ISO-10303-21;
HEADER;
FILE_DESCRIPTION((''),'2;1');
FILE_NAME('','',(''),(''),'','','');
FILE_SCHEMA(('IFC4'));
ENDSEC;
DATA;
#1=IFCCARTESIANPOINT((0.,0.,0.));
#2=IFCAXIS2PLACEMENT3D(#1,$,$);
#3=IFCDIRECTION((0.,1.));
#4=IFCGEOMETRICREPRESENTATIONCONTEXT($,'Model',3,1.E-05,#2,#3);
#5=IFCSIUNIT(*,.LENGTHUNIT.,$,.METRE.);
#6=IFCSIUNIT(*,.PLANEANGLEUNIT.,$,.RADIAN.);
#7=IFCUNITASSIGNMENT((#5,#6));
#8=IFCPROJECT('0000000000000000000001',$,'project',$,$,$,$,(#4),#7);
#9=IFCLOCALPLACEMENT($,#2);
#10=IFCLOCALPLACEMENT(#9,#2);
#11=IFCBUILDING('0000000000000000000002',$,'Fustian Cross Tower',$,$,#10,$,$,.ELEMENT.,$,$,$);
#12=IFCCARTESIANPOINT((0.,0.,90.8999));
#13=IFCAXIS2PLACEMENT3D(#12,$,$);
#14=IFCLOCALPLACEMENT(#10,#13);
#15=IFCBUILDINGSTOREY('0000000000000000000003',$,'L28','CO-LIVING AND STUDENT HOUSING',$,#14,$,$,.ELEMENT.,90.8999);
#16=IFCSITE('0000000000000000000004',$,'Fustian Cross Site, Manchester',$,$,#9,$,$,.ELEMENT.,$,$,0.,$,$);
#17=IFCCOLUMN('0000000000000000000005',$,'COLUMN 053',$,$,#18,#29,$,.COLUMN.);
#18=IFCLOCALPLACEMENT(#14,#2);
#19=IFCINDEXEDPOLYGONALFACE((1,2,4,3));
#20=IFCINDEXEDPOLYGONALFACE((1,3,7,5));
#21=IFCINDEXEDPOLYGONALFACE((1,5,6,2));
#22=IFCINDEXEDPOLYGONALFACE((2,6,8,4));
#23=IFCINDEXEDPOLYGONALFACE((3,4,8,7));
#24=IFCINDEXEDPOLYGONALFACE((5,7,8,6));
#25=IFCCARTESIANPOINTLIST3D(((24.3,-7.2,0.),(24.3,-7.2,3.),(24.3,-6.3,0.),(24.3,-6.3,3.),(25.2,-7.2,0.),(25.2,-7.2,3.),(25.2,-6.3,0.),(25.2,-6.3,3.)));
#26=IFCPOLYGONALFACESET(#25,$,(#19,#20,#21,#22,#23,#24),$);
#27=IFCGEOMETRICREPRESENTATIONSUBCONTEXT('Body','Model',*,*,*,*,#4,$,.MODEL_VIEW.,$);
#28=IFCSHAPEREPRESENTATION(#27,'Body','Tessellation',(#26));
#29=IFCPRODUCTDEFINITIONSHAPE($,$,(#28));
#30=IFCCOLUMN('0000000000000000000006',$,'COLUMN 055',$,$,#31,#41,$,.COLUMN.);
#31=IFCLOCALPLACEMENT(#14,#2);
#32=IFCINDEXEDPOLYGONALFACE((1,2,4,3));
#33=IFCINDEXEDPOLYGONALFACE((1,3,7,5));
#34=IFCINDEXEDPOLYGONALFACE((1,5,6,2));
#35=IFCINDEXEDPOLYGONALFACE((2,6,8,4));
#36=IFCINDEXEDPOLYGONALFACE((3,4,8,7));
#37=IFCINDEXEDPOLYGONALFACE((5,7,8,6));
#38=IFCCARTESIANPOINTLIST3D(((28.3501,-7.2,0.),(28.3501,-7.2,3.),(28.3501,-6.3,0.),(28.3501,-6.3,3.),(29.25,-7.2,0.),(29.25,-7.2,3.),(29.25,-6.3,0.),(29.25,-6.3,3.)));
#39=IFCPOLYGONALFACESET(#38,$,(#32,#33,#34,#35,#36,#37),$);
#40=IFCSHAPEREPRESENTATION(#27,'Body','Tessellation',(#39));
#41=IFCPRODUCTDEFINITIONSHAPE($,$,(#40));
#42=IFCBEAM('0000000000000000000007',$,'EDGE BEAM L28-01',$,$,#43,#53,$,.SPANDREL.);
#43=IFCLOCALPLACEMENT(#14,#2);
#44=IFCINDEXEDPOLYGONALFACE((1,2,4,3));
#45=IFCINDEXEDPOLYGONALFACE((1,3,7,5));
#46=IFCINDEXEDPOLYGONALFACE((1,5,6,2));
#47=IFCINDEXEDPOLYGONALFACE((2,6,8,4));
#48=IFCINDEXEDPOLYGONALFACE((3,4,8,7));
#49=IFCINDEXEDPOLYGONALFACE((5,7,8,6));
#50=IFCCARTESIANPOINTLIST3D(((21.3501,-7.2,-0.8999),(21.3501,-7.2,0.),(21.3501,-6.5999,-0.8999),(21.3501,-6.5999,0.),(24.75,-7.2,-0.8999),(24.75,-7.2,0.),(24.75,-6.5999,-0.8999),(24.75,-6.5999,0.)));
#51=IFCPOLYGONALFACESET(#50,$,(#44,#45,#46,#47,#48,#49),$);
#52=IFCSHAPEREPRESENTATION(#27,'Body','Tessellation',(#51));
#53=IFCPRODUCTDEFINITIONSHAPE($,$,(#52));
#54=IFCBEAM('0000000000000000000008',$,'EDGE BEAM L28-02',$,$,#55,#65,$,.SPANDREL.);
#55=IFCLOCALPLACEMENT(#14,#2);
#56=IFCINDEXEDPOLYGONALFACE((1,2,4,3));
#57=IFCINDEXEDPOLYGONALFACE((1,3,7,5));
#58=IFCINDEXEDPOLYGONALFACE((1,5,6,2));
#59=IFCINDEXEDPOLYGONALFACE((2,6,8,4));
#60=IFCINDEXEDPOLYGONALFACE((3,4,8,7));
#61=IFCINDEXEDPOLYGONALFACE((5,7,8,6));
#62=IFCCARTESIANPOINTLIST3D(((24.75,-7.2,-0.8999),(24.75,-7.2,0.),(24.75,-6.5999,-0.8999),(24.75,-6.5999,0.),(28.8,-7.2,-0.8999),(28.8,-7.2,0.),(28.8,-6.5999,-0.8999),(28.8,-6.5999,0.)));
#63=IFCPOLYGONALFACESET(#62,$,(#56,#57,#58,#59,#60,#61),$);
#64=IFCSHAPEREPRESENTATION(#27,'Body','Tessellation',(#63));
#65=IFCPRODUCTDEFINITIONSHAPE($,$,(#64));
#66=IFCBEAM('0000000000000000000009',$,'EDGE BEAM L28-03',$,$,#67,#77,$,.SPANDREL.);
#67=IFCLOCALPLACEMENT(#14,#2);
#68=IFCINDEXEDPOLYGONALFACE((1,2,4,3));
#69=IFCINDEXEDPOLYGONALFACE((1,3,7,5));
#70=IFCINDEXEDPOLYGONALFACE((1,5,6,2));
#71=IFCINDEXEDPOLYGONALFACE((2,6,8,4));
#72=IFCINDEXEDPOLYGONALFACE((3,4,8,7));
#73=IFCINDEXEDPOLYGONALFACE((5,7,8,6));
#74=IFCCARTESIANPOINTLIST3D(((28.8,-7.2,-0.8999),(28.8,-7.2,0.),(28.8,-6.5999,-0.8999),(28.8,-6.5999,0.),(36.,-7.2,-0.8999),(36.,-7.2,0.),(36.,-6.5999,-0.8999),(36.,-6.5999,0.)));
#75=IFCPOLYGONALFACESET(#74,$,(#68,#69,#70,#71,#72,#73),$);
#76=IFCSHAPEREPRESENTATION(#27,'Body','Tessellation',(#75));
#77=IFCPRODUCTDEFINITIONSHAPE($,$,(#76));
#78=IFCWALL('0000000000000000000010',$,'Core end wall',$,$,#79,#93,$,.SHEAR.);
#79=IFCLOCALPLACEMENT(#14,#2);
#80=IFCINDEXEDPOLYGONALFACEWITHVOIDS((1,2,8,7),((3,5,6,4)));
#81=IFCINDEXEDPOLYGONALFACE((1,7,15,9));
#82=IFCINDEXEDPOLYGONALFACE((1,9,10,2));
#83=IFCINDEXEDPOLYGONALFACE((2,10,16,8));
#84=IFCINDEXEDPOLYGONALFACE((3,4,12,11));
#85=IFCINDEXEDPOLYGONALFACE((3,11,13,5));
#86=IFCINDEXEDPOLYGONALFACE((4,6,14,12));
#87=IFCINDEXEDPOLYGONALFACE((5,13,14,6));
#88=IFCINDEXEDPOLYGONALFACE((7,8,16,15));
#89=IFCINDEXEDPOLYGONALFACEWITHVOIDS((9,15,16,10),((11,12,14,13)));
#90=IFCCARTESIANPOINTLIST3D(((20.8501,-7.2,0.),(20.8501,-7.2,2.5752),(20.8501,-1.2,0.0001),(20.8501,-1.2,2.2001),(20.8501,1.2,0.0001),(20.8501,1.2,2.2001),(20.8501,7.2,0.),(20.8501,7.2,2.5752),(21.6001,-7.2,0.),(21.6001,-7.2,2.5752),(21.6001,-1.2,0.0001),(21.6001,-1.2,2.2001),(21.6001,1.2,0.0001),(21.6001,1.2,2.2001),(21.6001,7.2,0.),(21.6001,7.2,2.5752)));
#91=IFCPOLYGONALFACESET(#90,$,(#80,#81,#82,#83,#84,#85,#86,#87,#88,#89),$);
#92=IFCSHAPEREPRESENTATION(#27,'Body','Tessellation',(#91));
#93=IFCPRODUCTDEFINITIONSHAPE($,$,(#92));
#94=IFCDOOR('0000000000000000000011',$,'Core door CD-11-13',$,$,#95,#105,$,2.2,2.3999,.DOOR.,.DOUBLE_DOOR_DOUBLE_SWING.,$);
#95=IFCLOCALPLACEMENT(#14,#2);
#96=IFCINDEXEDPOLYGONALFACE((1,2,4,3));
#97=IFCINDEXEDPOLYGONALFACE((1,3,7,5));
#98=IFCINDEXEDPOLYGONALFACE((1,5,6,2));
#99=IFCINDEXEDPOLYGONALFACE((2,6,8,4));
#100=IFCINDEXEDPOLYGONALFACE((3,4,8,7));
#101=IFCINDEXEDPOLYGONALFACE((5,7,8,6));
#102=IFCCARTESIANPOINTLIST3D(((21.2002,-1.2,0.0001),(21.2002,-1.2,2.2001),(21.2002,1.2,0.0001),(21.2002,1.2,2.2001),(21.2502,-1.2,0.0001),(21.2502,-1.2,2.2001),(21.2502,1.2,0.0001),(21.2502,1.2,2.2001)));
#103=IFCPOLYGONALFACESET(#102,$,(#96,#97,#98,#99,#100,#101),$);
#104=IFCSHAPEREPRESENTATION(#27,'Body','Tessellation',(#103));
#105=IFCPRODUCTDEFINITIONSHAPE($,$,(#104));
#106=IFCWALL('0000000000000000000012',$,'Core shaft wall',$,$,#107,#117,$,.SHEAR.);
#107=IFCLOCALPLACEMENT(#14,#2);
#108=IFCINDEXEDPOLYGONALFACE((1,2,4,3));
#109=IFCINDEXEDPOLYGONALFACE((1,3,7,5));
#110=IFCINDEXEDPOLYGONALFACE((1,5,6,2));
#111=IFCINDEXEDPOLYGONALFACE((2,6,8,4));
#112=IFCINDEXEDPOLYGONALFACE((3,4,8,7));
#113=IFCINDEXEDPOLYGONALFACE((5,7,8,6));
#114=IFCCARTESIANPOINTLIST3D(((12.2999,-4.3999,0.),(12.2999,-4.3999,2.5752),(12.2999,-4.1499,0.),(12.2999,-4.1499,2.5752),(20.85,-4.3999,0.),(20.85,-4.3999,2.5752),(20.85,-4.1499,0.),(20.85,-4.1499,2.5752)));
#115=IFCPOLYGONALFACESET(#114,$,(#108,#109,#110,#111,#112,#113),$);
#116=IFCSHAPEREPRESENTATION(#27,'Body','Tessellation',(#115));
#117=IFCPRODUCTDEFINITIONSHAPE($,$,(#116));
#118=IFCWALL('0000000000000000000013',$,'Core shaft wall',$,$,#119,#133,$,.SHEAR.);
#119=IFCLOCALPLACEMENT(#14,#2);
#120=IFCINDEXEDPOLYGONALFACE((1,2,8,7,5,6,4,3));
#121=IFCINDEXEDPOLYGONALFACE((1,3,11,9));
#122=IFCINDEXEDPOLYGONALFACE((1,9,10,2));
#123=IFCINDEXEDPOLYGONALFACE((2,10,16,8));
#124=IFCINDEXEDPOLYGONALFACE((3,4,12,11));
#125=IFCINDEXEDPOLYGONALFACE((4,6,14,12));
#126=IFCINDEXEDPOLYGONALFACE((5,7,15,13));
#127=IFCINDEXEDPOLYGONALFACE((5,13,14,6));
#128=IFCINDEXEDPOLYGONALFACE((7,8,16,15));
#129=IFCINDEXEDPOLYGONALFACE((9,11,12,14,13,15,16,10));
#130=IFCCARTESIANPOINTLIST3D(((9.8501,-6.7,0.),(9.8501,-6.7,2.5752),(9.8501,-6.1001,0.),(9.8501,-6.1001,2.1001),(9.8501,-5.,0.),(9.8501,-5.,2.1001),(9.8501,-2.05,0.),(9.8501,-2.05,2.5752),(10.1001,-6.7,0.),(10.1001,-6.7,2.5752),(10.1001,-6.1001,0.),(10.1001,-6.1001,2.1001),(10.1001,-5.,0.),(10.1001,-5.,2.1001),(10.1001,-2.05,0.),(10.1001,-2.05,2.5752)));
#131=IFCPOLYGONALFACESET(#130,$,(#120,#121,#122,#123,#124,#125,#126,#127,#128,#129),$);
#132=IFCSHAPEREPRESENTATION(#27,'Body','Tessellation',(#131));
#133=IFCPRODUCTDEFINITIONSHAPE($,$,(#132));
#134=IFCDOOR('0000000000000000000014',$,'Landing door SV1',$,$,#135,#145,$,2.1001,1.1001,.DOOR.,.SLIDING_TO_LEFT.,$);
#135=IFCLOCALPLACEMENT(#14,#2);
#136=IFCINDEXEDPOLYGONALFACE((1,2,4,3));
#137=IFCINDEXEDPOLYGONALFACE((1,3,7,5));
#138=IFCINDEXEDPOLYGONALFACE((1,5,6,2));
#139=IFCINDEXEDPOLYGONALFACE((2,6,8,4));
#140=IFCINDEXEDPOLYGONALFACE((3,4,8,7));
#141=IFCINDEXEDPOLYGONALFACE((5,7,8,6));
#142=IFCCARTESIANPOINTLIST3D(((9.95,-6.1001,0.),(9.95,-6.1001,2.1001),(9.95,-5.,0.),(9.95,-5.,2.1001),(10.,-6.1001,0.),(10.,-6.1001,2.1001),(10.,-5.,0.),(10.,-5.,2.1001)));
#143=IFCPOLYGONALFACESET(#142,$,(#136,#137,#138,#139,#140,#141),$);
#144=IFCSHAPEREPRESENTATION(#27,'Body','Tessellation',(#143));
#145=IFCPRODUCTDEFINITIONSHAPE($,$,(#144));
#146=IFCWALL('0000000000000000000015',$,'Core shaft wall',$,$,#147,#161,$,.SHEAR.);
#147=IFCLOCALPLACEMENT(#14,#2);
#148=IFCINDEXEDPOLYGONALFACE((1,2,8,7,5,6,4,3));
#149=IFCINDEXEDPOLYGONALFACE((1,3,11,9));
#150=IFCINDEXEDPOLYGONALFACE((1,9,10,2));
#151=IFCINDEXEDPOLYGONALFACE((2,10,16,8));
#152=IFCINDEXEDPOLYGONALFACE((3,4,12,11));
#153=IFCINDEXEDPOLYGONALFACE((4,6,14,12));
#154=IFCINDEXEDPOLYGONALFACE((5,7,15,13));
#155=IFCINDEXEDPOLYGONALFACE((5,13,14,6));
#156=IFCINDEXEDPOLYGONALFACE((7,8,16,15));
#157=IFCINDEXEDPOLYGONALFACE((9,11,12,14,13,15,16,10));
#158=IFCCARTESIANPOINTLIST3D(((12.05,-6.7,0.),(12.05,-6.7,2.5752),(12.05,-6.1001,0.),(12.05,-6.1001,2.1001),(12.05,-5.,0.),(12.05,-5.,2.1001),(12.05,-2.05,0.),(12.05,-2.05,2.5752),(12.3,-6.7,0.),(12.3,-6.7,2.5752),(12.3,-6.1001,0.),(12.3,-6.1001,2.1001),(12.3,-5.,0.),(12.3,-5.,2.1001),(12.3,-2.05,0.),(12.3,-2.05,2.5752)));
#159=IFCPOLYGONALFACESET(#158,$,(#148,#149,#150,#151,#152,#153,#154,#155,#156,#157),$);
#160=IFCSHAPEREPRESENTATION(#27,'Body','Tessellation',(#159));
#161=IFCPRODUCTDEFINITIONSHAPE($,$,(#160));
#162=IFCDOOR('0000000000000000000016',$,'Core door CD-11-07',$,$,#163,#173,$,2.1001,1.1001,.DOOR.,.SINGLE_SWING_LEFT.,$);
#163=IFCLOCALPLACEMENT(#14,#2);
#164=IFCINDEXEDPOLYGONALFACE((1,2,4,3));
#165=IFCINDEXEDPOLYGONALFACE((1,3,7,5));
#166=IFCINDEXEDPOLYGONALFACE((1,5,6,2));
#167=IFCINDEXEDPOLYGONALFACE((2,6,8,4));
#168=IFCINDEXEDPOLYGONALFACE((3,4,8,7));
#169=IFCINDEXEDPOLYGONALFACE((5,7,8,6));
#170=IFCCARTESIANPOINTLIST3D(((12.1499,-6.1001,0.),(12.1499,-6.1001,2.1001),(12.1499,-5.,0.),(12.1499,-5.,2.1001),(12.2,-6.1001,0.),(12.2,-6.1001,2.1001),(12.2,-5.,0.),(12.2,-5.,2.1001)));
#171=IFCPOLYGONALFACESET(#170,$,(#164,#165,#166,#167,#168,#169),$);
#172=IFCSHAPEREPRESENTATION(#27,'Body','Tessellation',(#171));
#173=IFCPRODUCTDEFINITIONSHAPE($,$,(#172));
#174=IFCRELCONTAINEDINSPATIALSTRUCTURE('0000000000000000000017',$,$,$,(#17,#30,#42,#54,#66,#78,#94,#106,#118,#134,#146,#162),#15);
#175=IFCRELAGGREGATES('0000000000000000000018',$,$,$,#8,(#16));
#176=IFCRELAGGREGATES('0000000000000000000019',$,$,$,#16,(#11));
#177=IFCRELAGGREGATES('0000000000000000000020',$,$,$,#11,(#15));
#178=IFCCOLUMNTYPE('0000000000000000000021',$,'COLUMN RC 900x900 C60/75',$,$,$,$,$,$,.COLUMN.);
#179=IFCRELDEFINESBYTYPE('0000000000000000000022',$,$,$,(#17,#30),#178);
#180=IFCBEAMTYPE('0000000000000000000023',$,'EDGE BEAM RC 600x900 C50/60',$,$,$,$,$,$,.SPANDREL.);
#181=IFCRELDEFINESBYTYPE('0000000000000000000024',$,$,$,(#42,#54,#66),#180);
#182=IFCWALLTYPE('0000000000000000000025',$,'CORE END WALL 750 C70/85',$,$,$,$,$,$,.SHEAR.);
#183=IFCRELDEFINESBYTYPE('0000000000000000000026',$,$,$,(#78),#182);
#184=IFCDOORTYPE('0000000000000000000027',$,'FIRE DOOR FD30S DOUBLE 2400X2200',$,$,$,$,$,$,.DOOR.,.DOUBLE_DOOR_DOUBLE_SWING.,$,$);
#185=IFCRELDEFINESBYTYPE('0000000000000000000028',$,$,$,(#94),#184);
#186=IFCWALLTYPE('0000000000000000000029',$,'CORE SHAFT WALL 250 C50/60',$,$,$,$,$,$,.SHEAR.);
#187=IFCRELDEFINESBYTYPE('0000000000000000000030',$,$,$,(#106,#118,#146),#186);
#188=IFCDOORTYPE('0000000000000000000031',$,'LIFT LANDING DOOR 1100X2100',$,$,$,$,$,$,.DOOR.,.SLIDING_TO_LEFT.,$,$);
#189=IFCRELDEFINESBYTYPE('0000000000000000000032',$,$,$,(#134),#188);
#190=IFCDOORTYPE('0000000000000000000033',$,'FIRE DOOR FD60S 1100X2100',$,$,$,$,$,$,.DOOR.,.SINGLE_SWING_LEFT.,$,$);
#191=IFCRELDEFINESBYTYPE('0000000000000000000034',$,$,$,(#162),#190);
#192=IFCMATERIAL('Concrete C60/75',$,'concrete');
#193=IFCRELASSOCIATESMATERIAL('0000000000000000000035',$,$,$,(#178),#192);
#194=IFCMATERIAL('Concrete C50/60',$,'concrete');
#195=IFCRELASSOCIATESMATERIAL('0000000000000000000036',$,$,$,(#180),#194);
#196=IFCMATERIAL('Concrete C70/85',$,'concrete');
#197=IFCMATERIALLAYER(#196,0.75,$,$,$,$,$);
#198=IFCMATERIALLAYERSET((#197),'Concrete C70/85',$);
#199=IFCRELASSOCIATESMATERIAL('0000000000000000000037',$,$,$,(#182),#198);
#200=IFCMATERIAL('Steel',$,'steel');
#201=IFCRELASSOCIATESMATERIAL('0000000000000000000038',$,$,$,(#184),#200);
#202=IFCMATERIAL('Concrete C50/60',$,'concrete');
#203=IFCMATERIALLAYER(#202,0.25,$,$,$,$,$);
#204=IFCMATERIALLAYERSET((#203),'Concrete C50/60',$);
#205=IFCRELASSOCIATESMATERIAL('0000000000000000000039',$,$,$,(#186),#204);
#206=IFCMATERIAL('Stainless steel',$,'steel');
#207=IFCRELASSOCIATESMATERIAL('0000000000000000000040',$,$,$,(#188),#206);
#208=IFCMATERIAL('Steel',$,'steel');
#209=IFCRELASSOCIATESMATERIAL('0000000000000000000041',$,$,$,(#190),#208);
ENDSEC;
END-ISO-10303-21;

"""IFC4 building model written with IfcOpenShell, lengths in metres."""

from ifc_helpers import new_model, si_unit, direction, frame, frame_2d, origin, origin_2d, place, context, subcontext, project, spatial, rectangle, extrude, material, layer, layer_set, material_profile, profile_set, type_object, element, fill, save


model = new_model("IFC4")

# Units and contexts
model_context = context("Model", 3, precision=1e-05, world=origin(), true_north=direction((0.0, 1.0)))
body_context = subcontext(model_context, "Body", "Model", "MODEL_VIEW")
ifc_project = project(units=[si_unit("LENGTHUNIT", "METRE"), si_unit("PLANEANGLEUNIT", "RADIAN")], contexts=[model_context])

# Site, building, storey
site_placement = place(None, origin())
site = spatial("IfcSite", under=ifc_project, at=site_placement, Name="Fustian Cross Site, Manchester", CompositionType="ELEMENT", RefElevation=0.0)
building_placement = place(site_placement, origin())
building = spatial("IfcBuilding", under=site, at=building_placement, Name="Fustian Cross Tower", CompositionType="ELEMENT")
storey_placement = place(building_placement, frame((0.0, 0.0, 90.8999)))
storey = spatial("IfcBuildingStorey", under=building, at=storey_placement, Name="L28", Description="CO-LIVING AND STUDENT HOUSING", CompositionType="ELEMENT", Elevation=90.8999)

# Columns
ifc_material_1 = material(Name="Concrete C60/75", Category="concrete")
ifc_material_profile_1 = material_profile(ifc_material_1, rectangle(XDim=0.8999, YDim=0.8999, at=origin_2d()), Name="RC 900x900")
ifc_profile_set_1 = profile_set([ifc_material_profile_1], Name="Concrete C60/75")
column_type = type_object("IfcColumnType", Name="COLUMN RC 900x900 C60/75", PredefinedType="COLUMN", material=ifc_profile_set_1)
for number, where, z_axis, x_axis, name in (
    (1, (24.75, -6.75, 0.0), (0.0, 0.0, 1.0), (1.0, 0.0, 0.0), "COLUMN 053"),
    (2, (28.8, -6.75, 0.0), (0.0, 0.0, 1.0), (1.0, 0.0, 0.0), "COLUMN 055"),
):
    element("IfcColumn", number, at=place(storey_placement, frame(where, z_axis=z_axis, x_axis=x_axis)), inside=storey, type_object=column_type, Name=name, PredefinedType="COLUMN", context=body_context, shape_type="SweptSolid", body=[
        extrude(rectangle(XDim=0.8999, YDim=0.8999, at=origin_2d()), origin(), (0.0, 0.0, 1.0), 3.0),
    ])

# Beams
ifc_material_2 = material(Name="Concrete C50/60", Category="concrete")
ifc_material_profile_2 = material_profile(ifc_material_2, rectangle(XDim=0.6001, YDim=0.8999, at=origin_2d()), Name="RC 600x900")
ifc_profile_set_2 = profile_set([ifc_material_profile_2], Name="Concrete C50/60")
beam_type = type_object("IfcBeamType", Name="EDGE BEAM RC 600x900 C50/60", PredefinedType="SPANDREL", material=ifc_profile_set_2)
beam_1_placement = place(storey_placement, frame((21.3501, -6.8999, -0.45), z_axis=(1.0, 0.0, 0.0), x_axis=(0.0, 1.0, 0.0)))
element("IfcBeam", 3, at=beam_1_placement, inside=storey, type_object=beam_type, Name="EDGE BEAM L28-01", PredefinedType="SPANDREL", context=body_context, shape_type="SweptSolid", body=[
    extrude(rectangle(XDim=0.6001, YDim=0.8999, at=origin_2d()), origin(), (0.0, 0.0, 1.0), 3.3999),
])
beam_2_placement = place(storey_placement, frame((24.75, -6.8999, -0.45), z_axis=(1.0, 0.0, 0.0), x_axis=(0.0, 1.0, 0.0)))
element("IfcBeam", 4, at=beam_2_placement, inside=storey, type_object=beam_type, Name="EDGE BEAM L28-02", PredefinedType="SPANDREL", context=body_context, shape_type="SweptSolid", body=[
    extrude(rectangle(XDim=0.6001, YDim=0.8999, at=origin_2d()), origin(), (0.0, 0.0, 1.0), 4.05),
])
beam_3_placement = place(storey_placement, frame((28.8, -6.8999, -0.45), z_axis=(1.0, 0.0, 0.0), x_axis=(0.0, 1.0, 0.0)))
element("IfcBeam", 5, at=beam_3_placement, inside=storey, type_object=beam_type, Name="EDGE BEAM L28-03", PredefinedType="SPANDREL", context=body_context, shape_type="SweptSolid", body=[
    extrude(rectangle(XDim=0.6001, YDim=0.8999, at=origin_2d()), origin(), (0.0, 0.0, 1.0), 7.2),
])

# Wall, opening, door
ifc_material_3 = material(Name="Concrete C70/85", Category="concrete")
ifc_layer_1 = layer(ifc_material_3, 0.75)
ifc_layer_set_1 = layer_set([ifc_layer_1], Name="Concrete C70/85")
wall_type_1 = type_object("IfcWallType", Name="CORE END WALL 750 C70/85", PredefinedType="SHEAR", material=ifc_layer_set_1)
wall_1_placement = place(storey_placement, frame((21.2251, -7.2, 0.0), z_axis=(0.0, 0.0, 1.0), x_axis=(0.0, 1.0, 0.0)))
wall_1 = element("IfcWall", 6, at=wall_1_placement, inside=storey, type_object=wall_type_1, Name="Core end wall", PredefinedType="SHEAR", context=body_context, shape_type="SweptSolid", body=[
    extrude(rectangle(XDim=14.3999, YDim=0.75, at=frame_2d((7.2, 0.0))), origin(), (0.0, 0.0, 1.0), 2.5752),
])
opening_1_placement = place(wall_1_placement, frame((6.0, 0.0, 0.0)))
opening_1 = element("IfcOpeningElement", 7, at=opening_1_placement, cuts=wall_1, PredefinedType="OPENING", context=body_context, shape_type="SweptSolid", body=[
    extrude(rectangle(XDim=2.3999, YDim=2.2, at=frame_2d((1.2, 1.1001))), frame((0.0, 0.385, 0.0), z_axis=(0.0, -1.0, 0.0), x_axis=(1.0, 0.0, 0.0)), (0.0, 0.0, 1.0), 0.77),
])
ifc_material_4 = material(Name="Steel", Category="steel")
door_type_1 = type_object("IfcDoorType", Name="FIRE DOOR FD30S DOUBLE 2400X2200", OperationType="DOUBLE_DOOR_DOUBLE_SWING", PredefinedType="DOOR", material=ifc_material_4)
door_1_placement = place(opening_1_placement, origin())
door_1 = element("IfcDoor", 8, at=door_1_placement, inside=storey, type_object=door_type_1, Name="Core door CD-11-13", OperationType="DOUBLE_DOOR_DOUBLE_SWING", OverallHeight=2.2, OverallWidth=2.3999, PredefinedType="DOOR", context=body_context, shape_type="SweptSolid", body=[
    extrude(rectangle(XDim=2.3999, YDim=2.2, at=frame_2d((1.2, 1.1001))), frame((0.0, 0.0249, 0.0), z_axis=(0.0, -1.0, 0.0), x_axis=(1.0, 0.0, 0.0)), (0.0, 0.0, 1.0), 0.05),
])
fill(opening_1, door_1)

# Wall
ifc_material_5 = material(Name="Concrete C50/60", Category="concrete")
ifc_layer_2 = layer(ifc_material_5, 0.25)
ifc_layer_set_2 = layer_set([ifc_layer_2], Name="Concrete C50/60")
wall_type_2 = type_object("IfcWallType", Name="CORE SHAFT WALL 250 C50/60", PredefinedType="SHEAR", material=ifc_layer_set_2)
wall_2_placement = place(storey_placement, frame((12.3, -4.2749, 0.0), z_axis=(0.0, 0.0, 1.0), x_axis=(1.0, 0.0, 0.0)))
element("IfcWall", 9, at=wall_2_placement, inside=storey, type_object=wall_type_2, Name="Core shaft wall", PredefinedType="SHEAR", context=body_context, shape_type="SweptSolid", body=[
    extrude(rectangle(XDim=8.55, YDim=0.25, at=frame_2d((4.2749, 0.0))), origin(), (0.0, 0.0, 1.0), 2.5752),
])

# Walls, openings, doors
wall_3_placement = place(storey_placement, frame((9.9751, -2.05, 0.0), z_axis=(0.0, 0.0, 1.0), x_axis=(0.0, -1.0, 0.0)))
wall_3 = element("IfcWall", 10, at=wall_3_placement, inside=storey, type_object=wall_type_2, Name="Core shaft wall", PredefinedType="SHEAR", context=body_context, shape_type="SweptSolid", body=[
    extrude(rectangle(XDim=4.6499, YDim=0.25, at=frame_2d((2.325, 0.0))), origin(), (0.0, 0.0, 1.0), 2.5752),
])
opening_2_placement = place(wall_3_placement, frame((2.95, 0.0, 0.0)))
opening_2 = element("IfcOpeningElement", 11, at=opening_2_placement, cuts=wall_3, PredefinedType="OPENING", context=body_context, shape_type="SweptSolid", body=[
    extrude(rectangle(XDim=1.1001, YDim=2.1001, at=frame_2d((0.55, 1.05))), frame((0.0, 0.135, 0.0), z_axis=(0.0, -1.0, 0.0), x_axis=(1.0, 0.0, 0.0)), (0.0, 0.0, 1.0), 0.27),
])
ifc_material_6 = material(Name="Stainless steel", Category="steel")
door_type_2 = type_object("IfcDoorType", Name="LIFT LANDING DOOR 1100X2100", OperationType="SLIDING_TO_LEFT", PredefinedType="DOOR", material=ifc_material_6)
door_2_placement = place(opening_2_placement, origin())
door_2 = element("IfcDoor", 12, at=door_2_placement, inside=storey, type_object=door_type_2, Name="Landing door SV1", OperationType="SLIDING_TO_LEFT", OverallHeight=2.1001, OverallWidth=1.1001, PredefinedType="DOOR", context=body_context, shape_type="SweptSolid", body=[
    extrude(rectangle(XDim=1.1001, YDim=2.1001, at=frame_2d((0.55, 1.05))), frame((0.0, 0.0249, 0.0), z_axis=(0.0, -1.0, 0.0), x_axis=(1.0, 0.0, 0.0)), (0.0, 0.0, 1.0), 0.05),
])
fill(opening_2, door_2)
wall_4_placement = place(storey_placement, frame((12.175, -2.05, 0.0), z_axis=(0.0, 0.0, 1.0), x_axis=(0.0, -1.0, 0.0)))
wall_4 = element("IfcWall", 13, at=wall_4_placement, inside=storey, type_object=wall_type_2, Name="Core shaft wall", PredefinedType="SHEAR", context=body_context, shape_type="SweptSolid", body=[
    extrude(rectangle(XDim=4.6499, YDim=0.25, at=frame_2d((2.325, 0.0))), origin(), (0.0, 0.0, 1.0), 2.5752),
])
opening_3_placement = place(wall_4_placement, frame((2.95, 0.0, 0.0)))
opening_3 = element("IfcOpeningElement", 14, at=opening_3_placement, cuts=wall_4, PredefinedType="OPENING", context=body_context, shape_type="SweptSolid", body=[
    extrude(rectangle(XDim=1.1001, YDim=2.1001, at=frame_2d((0.55, 1.05))), frame((0.0, 0.135, 0.0), z_axis=(0.0, -1.0, 0.0), x_axis=(1.0, 0.0, 0.0)), (0.0, 0.0, 1.0), 0.27),
])
ifc_material_7 = material(Name="Steel", Category="steel")
door_type_3 = type_object("IfcDoorType", Name="FIRE DOOR FD60S 1100X2100", OperationType="SINGLE_SWING_LEFT", PredefinedType="DOOR", material=ifc_material_7)
door_3_placement = place(opening_3_placement, origin())
door_3 = element("IfcDoor", 15, at=door_3_placement, inside=storey, type_object=door_type_3, Name="Core door CD-11-07", OperationType="SINGLE_SWING_LEFT", OverallHeight=2.1001, OverallWidth=1.1001, PredefinedType="DOOR", context=body_context, shape_type="SweptSolid", body=[
    extrude(rectangle(XDim=1.1001, YDim=2.1001, at=frame_2d((0.55, 1.05))), frame((0.0, 0.0249, 0.0), z_axis=(0.0, -1.0, 0.0), x_axis=(1.0, 0.0, 0.0)), (0.0, 0.0, 1.0), 0.05),
])
fill(opening_3, door_3)

save(model, "model.ifc")
